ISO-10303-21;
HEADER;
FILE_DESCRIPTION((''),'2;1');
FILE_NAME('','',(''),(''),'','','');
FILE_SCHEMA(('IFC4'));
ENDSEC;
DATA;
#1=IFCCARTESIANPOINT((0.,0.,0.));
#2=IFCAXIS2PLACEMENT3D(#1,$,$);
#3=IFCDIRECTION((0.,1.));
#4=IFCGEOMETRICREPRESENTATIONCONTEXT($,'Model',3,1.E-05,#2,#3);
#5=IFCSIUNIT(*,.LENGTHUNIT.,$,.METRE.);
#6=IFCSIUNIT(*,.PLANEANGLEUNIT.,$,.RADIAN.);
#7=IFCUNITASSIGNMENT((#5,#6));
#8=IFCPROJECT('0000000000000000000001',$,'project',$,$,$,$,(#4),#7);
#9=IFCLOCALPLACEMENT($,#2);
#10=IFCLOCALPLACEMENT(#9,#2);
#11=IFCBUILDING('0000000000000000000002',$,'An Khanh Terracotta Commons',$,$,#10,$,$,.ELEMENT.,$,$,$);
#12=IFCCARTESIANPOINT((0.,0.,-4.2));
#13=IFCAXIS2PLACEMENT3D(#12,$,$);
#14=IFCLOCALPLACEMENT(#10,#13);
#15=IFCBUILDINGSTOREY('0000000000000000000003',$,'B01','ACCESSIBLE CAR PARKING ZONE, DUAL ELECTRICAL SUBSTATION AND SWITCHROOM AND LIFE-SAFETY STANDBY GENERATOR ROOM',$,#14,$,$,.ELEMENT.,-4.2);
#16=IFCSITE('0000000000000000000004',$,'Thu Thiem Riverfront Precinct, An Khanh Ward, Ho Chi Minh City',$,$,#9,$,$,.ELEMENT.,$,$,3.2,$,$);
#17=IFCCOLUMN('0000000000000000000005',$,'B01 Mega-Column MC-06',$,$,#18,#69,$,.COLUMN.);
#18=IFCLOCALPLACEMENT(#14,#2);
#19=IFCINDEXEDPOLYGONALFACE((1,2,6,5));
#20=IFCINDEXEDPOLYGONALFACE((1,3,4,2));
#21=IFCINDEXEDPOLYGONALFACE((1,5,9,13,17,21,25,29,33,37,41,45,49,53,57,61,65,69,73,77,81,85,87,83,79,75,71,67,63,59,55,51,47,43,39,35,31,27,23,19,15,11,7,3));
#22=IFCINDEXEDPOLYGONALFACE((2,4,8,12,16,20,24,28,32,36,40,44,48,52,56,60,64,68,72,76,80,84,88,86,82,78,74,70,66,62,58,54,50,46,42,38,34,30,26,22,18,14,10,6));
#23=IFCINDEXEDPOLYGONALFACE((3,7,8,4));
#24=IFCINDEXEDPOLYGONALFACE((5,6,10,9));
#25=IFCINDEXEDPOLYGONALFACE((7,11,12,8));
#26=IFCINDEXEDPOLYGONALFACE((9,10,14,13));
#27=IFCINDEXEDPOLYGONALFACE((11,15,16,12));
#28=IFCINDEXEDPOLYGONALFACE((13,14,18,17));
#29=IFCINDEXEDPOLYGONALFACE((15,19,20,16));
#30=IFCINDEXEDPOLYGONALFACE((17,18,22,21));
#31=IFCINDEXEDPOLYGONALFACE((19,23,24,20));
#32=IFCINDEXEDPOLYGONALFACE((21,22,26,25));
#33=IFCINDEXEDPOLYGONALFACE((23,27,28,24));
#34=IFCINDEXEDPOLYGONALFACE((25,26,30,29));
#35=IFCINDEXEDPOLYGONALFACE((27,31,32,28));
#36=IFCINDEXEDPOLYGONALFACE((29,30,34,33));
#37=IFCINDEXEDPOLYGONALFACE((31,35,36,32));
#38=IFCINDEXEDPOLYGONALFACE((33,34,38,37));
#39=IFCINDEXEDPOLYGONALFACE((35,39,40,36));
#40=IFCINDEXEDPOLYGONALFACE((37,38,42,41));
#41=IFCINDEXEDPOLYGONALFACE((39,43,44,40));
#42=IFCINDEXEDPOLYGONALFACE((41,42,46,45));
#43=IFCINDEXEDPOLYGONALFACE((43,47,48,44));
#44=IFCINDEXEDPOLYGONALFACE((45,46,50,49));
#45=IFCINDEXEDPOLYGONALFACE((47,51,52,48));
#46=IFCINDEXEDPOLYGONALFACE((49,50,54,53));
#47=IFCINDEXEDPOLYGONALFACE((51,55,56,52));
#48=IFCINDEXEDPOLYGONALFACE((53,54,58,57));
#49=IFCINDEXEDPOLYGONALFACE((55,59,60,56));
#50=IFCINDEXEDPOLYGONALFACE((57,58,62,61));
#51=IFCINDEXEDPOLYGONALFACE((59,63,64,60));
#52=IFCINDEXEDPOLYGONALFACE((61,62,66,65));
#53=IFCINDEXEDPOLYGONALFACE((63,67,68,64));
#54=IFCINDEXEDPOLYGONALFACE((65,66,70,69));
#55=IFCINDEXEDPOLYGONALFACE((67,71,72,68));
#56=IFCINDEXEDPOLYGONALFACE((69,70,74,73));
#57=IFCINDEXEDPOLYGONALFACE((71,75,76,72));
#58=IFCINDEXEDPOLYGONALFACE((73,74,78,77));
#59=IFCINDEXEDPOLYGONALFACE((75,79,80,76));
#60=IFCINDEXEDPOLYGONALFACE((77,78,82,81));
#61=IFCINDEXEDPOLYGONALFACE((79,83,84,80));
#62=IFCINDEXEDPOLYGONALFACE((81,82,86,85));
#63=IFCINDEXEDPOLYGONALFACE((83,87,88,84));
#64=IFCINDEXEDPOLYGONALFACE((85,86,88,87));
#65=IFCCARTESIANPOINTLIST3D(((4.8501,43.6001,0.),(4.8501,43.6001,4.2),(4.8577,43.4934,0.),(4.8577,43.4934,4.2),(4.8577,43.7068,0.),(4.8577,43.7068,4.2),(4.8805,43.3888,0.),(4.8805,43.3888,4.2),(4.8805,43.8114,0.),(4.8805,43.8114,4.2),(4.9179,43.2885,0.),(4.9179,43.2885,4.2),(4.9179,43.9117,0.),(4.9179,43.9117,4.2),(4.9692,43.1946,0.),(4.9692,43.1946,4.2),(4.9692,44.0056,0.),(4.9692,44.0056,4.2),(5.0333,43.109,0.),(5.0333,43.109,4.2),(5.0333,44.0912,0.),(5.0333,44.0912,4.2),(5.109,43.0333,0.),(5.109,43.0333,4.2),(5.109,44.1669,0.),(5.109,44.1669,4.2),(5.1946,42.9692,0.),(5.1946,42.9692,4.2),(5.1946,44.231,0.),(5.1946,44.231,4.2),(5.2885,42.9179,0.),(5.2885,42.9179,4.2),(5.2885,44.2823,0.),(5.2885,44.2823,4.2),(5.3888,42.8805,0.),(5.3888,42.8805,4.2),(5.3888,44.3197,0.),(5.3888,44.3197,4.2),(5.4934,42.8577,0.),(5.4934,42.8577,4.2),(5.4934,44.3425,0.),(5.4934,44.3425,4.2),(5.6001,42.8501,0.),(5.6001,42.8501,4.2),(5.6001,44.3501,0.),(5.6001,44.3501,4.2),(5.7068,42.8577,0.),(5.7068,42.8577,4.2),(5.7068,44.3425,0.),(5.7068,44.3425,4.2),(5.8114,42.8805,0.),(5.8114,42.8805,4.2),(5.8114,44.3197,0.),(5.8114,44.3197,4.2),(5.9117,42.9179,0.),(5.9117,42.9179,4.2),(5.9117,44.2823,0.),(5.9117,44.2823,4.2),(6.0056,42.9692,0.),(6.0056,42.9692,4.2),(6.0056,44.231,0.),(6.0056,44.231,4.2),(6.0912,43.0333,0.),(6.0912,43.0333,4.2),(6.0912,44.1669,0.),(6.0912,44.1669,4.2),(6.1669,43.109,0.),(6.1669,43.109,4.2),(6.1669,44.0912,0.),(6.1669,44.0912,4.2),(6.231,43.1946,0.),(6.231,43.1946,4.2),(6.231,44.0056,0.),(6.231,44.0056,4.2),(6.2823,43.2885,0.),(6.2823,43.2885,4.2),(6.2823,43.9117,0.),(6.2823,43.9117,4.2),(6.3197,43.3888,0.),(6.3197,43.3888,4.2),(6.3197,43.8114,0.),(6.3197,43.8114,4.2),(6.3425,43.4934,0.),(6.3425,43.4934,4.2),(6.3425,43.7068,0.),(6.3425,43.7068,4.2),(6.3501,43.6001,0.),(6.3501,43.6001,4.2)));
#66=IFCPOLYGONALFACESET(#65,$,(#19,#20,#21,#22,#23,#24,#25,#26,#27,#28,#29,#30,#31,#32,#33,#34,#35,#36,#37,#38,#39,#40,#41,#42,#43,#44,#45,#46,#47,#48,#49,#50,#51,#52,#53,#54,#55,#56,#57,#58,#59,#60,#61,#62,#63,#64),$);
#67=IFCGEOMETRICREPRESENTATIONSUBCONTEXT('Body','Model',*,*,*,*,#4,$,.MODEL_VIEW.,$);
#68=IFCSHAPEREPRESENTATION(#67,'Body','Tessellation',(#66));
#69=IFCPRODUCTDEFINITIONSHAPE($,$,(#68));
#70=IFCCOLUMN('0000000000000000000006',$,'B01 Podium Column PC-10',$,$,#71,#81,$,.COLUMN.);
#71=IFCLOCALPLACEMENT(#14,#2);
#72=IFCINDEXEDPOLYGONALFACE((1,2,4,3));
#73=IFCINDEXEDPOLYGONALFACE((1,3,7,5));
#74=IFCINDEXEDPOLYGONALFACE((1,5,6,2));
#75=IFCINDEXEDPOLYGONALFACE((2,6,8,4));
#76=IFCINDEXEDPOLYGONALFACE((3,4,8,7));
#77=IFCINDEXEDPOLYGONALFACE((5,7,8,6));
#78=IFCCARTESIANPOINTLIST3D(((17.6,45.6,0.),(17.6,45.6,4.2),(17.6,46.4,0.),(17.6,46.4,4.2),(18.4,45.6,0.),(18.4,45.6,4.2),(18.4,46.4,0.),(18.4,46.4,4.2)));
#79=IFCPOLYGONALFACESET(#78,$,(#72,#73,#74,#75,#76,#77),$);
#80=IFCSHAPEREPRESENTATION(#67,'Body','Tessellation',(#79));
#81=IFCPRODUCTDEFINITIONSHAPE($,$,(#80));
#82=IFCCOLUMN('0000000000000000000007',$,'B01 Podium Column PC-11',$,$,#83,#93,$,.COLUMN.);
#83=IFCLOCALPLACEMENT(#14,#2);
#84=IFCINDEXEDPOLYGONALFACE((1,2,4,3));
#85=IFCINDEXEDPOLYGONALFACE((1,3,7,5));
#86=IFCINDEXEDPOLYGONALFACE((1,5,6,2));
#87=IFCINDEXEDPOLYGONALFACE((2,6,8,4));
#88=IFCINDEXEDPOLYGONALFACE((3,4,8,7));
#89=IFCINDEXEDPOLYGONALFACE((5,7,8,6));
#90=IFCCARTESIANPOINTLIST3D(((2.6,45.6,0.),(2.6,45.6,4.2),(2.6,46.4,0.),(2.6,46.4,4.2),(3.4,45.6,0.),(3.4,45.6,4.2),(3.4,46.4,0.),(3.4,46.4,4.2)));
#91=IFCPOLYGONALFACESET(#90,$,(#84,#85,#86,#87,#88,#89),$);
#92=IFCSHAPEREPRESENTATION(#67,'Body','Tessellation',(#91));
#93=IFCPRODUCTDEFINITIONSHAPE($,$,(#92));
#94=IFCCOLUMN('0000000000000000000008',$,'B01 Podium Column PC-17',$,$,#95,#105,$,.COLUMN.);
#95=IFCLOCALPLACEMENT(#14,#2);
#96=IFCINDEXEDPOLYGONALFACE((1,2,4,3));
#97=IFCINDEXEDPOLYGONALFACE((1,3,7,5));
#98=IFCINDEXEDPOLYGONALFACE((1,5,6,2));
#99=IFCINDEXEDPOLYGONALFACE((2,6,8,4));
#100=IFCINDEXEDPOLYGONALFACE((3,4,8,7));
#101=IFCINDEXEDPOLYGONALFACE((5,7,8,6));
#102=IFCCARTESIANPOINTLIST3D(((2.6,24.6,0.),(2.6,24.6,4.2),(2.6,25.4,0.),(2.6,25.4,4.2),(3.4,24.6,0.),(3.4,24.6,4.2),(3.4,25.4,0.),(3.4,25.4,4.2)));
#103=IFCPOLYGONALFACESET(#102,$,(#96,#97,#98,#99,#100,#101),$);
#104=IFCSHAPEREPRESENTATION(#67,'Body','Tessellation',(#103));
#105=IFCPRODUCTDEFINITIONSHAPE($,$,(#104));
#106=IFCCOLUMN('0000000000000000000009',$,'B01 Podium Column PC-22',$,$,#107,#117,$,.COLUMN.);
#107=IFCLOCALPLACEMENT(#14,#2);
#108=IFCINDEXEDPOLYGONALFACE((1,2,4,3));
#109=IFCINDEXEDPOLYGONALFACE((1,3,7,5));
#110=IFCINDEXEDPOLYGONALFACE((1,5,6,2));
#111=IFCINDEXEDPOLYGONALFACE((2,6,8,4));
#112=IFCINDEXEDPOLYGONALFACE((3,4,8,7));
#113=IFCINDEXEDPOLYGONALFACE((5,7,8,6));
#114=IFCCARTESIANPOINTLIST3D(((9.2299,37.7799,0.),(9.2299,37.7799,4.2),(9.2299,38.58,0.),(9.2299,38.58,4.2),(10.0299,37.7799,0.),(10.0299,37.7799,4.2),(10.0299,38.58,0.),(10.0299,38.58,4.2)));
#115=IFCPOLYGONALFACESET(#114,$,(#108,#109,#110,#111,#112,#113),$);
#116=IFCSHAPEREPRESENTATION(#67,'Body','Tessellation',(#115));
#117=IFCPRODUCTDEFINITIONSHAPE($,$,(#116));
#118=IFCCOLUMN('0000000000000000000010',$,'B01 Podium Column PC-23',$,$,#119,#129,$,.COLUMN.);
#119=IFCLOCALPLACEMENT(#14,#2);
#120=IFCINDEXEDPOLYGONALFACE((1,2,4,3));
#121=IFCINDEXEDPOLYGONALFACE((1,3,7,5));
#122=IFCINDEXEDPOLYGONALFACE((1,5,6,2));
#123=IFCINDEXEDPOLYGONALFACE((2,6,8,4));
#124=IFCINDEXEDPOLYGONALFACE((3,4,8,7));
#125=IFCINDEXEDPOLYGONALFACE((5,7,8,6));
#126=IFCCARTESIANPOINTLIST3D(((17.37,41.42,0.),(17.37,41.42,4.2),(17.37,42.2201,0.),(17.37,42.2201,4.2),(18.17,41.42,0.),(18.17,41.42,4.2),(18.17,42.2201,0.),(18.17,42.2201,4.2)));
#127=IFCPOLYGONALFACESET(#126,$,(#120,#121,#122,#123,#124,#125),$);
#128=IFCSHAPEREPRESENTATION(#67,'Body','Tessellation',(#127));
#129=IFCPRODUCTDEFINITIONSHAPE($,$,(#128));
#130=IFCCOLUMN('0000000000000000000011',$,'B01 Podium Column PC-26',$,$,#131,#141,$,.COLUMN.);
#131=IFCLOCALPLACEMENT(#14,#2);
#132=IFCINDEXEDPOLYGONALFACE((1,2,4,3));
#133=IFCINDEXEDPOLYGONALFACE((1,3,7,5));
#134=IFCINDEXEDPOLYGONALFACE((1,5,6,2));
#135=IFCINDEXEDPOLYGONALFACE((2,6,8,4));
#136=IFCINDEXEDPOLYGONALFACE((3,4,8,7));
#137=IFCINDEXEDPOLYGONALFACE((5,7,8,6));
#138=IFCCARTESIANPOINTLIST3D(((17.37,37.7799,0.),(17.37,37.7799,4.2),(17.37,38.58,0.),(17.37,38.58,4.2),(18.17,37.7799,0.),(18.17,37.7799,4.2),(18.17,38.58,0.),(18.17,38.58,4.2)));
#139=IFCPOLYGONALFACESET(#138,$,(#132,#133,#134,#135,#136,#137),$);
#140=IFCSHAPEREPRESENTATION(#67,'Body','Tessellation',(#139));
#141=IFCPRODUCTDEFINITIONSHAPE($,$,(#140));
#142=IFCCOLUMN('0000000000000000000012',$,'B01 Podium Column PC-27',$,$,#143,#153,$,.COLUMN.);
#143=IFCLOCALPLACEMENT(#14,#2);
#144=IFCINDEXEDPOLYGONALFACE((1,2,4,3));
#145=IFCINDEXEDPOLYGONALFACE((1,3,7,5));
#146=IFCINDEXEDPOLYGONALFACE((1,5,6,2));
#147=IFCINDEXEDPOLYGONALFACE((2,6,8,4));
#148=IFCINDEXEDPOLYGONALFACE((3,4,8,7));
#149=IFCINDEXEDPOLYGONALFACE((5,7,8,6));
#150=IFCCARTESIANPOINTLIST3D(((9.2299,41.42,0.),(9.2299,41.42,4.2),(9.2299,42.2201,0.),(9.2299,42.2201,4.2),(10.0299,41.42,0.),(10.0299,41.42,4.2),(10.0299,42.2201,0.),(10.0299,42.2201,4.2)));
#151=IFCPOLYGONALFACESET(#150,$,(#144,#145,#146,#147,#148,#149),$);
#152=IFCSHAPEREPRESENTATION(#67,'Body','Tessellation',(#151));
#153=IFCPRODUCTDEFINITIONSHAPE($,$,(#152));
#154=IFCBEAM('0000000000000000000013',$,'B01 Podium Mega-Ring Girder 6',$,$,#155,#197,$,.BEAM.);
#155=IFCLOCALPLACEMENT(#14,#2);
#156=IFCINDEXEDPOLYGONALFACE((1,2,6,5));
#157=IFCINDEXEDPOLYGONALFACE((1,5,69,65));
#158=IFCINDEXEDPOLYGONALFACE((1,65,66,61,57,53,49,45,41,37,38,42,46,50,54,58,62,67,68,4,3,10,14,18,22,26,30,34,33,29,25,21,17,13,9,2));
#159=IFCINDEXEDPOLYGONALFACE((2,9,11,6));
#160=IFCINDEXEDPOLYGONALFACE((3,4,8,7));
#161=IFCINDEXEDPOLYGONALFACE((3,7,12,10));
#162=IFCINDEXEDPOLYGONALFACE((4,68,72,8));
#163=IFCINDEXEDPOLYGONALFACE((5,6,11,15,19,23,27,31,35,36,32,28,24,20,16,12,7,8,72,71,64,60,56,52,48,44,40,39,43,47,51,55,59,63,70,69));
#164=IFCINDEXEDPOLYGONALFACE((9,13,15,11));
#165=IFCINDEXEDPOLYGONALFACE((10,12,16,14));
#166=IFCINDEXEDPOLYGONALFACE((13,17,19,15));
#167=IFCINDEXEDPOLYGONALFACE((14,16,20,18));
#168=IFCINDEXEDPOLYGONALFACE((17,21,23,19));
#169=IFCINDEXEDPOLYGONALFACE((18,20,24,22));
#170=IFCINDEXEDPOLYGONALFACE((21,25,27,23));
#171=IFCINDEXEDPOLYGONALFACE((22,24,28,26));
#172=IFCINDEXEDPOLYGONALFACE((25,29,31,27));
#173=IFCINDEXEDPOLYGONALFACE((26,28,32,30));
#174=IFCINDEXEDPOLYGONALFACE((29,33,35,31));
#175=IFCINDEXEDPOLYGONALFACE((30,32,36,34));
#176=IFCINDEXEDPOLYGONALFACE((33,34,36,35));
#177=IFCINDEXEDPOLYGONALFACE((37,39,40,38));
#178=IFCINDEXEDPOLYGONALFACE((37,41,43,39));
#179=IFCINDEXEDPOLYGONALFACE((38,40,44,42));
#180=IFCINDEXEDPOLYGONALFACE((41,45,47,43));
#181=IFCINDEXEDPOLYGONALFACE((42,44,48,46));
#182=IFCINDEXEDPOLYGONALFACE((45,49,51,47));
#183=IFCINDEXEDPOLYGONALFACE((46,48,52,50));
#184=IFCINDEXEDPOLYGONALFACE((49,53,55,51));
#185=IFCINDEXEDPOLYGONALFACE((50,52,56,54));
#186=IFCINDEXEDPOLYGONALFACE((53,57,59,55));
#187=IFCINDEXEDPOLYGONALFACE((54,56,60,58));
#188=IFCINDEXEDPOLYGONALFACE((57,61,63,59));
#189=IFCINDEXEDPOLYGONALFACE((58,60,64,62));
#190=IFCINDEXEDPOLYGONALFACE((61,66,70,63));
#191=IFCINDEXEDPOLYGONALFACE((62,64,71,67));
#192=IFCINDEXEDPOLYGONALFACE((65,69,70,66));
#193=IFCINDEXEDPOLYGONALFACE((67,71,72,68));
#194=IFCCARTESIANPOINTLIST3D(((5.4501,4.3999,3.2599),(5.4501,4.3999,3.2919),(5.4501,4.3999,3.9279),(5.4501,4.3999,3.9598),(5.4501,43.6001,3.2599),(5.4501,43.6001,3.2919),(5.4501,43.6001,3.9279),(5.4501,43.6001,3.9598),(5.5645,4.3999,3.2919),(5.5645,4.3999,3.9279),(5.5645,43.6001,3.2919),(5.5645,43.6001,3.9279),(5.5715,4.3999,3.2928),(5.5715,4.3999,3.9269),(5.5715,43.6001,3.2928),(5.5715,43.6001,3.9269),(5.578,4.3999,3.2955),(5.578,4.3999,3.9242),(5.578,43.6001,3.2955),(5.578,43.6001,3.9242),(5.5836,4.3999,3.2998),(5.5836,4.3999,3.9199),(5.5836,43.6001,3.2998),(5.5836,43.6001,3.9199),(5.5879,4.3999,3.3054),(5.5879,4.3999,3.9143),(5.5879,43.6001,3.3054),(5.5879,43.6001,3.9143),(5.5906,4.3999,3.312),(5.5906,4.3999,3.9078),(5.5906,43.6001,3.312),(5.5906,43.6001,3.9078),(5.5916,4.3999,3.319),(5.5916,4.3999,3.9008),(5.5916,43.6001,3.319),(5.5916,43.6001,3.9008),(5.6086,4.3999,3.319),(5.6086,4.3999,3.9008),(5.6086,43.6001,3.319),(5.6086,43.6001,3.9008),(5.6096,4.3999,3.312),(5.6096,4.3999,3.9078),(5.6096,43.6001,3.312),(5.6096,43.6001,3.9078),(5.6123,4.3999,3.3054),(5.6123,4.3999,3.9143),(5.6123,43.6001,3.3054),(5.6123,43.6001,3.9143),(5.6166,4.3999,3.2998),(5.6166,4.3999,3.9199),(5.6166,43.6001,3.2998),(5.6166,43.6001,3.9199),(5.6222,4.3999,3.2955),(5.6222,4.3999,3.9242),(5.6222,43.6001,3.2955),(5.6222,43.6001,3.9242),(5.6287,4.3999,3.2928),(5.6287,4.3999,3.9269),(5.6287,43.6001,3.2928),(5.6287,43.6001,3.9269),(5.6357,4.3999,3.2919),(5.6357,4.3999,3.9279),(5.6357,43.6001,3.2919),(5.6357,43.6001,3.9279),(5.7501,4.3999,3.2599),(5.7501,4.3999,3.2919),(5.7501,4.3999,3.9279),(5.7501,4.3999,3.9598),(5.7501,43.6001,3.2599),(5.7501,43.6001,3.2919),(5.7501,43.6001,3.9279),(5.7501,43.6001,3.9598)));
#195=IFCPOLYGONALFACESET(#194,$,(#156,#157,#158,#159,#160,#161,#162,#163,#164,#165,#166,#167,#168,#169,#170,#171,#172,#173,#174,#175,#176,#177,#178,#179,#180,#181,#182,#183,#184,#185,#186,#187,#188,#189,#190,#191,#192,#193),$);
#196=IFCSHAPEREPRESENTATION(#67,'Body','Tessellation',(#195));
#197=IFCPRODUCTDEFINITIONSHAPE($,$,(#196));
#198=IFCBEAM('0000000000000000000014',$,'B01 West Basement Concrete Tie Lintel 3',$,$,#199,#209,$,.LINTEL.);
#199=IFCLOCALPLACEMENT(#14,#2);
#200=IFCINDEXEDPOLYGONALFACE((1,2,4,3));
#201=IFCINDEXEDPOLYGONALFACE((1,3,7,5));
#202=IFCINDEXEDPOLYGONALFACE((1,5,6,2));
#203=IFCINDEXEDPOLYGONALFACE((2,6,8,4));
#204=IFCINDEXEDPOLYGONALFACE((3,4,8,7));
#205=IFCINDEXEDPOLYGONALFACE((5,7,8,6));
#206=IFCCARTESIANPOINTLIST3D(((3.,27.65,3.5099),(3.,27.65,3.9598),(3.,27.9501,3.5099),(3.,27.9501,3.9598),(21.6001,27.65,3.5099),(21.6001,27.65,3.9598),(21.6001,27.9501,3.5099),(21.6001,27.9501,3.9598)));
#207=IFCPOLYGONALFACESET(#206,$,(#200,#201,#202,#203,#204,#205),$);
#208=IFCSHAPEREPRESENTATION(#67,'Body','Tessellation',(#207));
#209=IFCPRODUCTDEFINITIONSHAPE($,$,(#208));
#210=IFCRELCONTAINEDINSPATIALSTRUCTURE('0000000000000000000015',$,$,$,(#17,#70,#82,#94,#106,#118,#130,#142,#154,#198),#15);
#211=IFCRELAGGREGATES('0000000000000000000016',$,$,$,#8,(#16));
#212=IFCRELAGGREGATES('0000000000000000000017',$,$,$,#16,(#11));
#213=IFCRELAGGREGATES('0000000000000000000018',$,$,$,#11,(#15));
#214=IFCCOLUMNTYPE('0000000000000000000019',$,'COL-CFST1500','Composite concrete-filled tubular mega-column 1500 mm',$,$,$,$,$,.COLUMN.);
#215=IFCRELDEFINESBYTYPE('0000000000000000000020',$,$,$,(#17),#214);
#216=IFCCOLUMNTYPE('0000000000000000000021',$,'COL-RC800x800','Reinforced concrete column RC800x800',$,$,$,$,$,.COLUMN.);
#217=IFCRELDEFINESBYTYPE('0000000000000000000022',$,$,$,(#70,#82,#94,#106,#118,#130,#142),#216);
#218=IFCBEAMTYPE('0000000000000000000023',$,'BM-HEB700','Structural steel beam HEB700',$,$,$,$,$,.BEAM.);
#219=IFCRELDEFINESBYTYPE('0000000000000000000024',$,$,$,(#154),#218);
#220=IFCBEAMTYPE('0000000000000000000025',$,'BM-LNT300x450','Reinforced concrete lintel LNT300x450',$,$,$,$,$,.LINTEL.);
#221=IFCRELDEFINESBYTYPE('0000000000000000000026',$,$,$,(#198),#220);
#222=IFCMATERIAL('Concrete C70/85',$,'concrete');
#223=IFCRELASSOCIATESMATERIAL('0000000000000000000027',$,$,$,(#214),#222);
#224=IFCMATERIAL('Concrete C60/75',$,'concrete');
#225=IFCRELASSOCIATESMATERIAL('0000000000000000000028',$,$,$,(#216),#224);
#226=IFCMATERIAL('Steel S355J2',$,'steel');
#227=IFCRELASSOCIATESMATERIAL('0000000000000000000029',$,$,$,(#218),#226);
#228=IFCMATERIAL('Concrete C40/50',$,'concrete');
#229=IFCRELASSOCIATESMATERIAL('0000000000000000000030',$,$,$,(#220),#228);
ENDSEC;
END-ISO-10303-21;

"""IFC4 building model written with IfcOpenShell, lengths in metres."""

from ifc_helpers import new_model, si_unit, direction, frame, origin, origin_2d, place, context, subcontext, project, spatial, rectangle, circle, i_section, extrude, material, material_profile, profile_set, type_object, element, save


model = new_model("IFC4")

# Units and contexts
model_context = context("Model", 3, precision=1e-05, world=origin(), true_north=direction((0.0, 1.0)))
body_context = subcontext(model_context, "Body", "Model", "MODEL_VIEW")
ifc_project = project(units=[si_unit("LENGTHUNIT", "METRE"), si_unit("PLANEANGLEUNIT", "RADIAN")], contexts=[model_context])

# Site, building, storey
site_placement = place(None, origin())
site = spatial("IfcSite", under=ifc_project, at=site_placement, Name="Thu Thiem Riverfront Precinct, An Khanh Ward, Ho Chi Minh City", CompositionType="ELEMENT", RefElevation=3.2)
building_placement = place(site_placement, origin())
building = spatial("IfcBuilding", under=site, at=building_placement, Name="An Khanh Terracotta Commons", CompositionType="ELEMENT")
storey_placement = place(building_placement, frame((0.0, 0.0, -4.2)))
storey = spatial("IfcBuildingStorey", under=building, at=storey_placement, Name="B01", Description="ACCESSIBLE CAR PARKING ZONE, DUAL ELECTRICAL SUBSTATION AND SWITCHROOM AND LIFE-SAFETY STANDBY GENERATOR ROOM", CompositionType="ELEMENT", Elevation=-4.2)

# Columns
ifc_material_1 = material(Name="Concrete C70/85", Category="concrete")
ifc_material_profile_1 = material_profile(ifc_material_1, circle(Radius=0.75, at=origin_2d()), Name="CFST1500")
ifc_profile_set_1 = profile_set([ifc_material_profile_1], Name="Concrete C70/85")
column_type_1 = type_object("IfcColumnType", Name="COL-CFST1500", Description="Composite concrete-filled tubular mega-column 1500 mm", PredefinedType="COLUMN", material=ifc_profile_set_1)
column_placement = place(storey_placement, frame((5.6001, 43.6001, 0.0), z_axis=(0.0, 0.0, 1.0), x_axis=(1.0, 0.0, 0.0)))
element("IfcColumn", 1, at=column_placement, inside=storey, type_object=column_type_1, Name="B01 Mega-Column MC-06", PredefinedType="COLUMN", context=body_context, shape_type="SweptSolid", body=[
    extrude(circle(Radius=0.75, at=origin_2d()), origin(), (0.0, 0.0, 1.0), 4.2),
])
ifc_material_2 = material(Name="Concrete C60/75", Category="concrete")
ifc_material_profile_2 = material_profile(ifc_material_2, rectangle(XDim=0.8, YDim=0.8, at=origin_2d()), Name="RC800x800")
ifc_profile_set_2 = profile_set([ifc_material_profile_2], Name="Concrete C60/75")
column_type_2 = type_object("IfcColumnType", Name="COL-RC800x800", Description="Reinforced concrete column RC800x800", PredefinedType="COLUMN", material=ifc_profile_set_2)
for number, where, z_axis, x_axis, name in (
    (2, (18.0, 46.0, 0.0), (0.0, 0.0, 1.0), (1.0, 0.0, 0.0), "B01 Podium Column PC-10"),
    (3, (3.0, 46.0, 0.0), (0.0, 0.0, 1.0), (1.0, 0.0, 0.0), "B01 Podium Column PC-11"),
    (4, (3.0, 25.0, 0.0), (0.0, 0.0, 1.0), (1.0, 0.0, 0.0), "B01 Podium Column PC-17"),
    (5, (9.6299, 38.1799, 0.0), (0.0, 0.0, 1.0), (1.0, 0.0, 0.0), "B01 Podium Column PC-22"),
    (6, (17.77, 41.8201, 0.0), (0.0, 0.0, 1.0), (1.0, 0.0, 0.0), "B01 Podium Column PC-23"),
    (7, (17.77, 38.1799, 0.0), (0.0, 0.0, 1.0), (1.0, 0.0, 0.0), "B01 Podium Column PC-26"),
    (8, (9.6299, 41.8201, 0.0), (0.0, 0.0, 1.0), (1.0, 0.0, 0.0), "B01 Podium Column PC-27"),
):
    element("IfcColumn", number, at=place(storey_placement, frame(where, z_axis=z_axis, x_axis=x_axis)), inside=storey, type_object=column_type_2, Name=name, PredefinedType="COLUMN", context=body_context, shape_type="SweptSolid", body=[
        extrude(rectangle(XDim=0.8, YDim=0.8, at=origin_2d()), origin(), (0.0, 0.0, 1.0), 4.2),
    ])

# Beams
ifc_material_3 = material(Name="Steel S355J2", Category="steel")
ifc_material_profile_3 = material_profile(ifc_material_3, i_section(OverallWidth=0.3, OverallDepth=0.7, WebThickness=0.0171, FlangeThickness=0.032, FilletRadius=0.0271, at=origin_2d()), Name="HEB700")
ifc_profile_set_3 = profile_set([ifc_material_profile_3], Name="Steel S355J2")
beam_type_1 = type_object("IfcBeamType", Name="BM-HEB700", Description="Structural steel beam HEB700", PredefinedType="BEAM", material=ifc_profile_set_3)
beam_1_placement = place(storey_placement, frame((5.6001, 43.6001, 3.6099), z_axis=(0.0, -1.0, 0.0), x_axis=(1.0, 0.0, 0.0)))
element("IfcBeam", 9, at=beam_1_placement, inside=storey, type_object=beam_type_1, Name="B01 Podium Mega-Ring Girder 6", PredefinedType="BEAM", context=body_context, shape_type="SweptSolid", body=[
    extrude(i_section(OverallWidth=0.3, OverallDepth=0.7, WebThickness=0.0171, FlangeThickness=0.032, FilletRadius=0.0271, at=origin_2d()), origin(), (0.0, 0.0, 1.0), 39.2002),
])
ifc_material_4 = material(Name="Concrete C40/50", Category="concrete")
ifc_material_profile_4 = material_profile(ifc_material_4, rectangle(XDim=0.3, YDim=0.45, at=origin_2d()), Name="LNT300x450")
ifc_profile_set_4 = profile_set([ifc_material_profile_4], Name="Concrete C40/50")
beam_type_2 = type_object("IfcBeamType", Name="BM-LNT300x450", Description="Reinforced concrete lintel LNT300x450", PredefinedType="LINTEL", material=ifc_profile_set_4)
for number, where, z_axis, x_axis, name in (
    (10, (3.0, 27.8, 3.7349), (1.0, 0.0, 0.0), (0.0, 1.0, 0.0), "B01 West Basement Concrete Tie Lintel 3"),
):
    element("IfcBeam", number, at=place(storey_placement, frame(where, z_axis=z_axis, x_axis=x_axis)), inside=storey, type_object=beam_type_2, Name=name, PredefinedType="LINTEL", context=body_context, shape_type="SweptSolid", body=[
        extrude(rectangle(XDim=0.3, YDim=0.45, at=origin_2d()), origin(), (0.0, 0.0, 1.0), 18.6001),
    ])

save(model, "model.ifc")
